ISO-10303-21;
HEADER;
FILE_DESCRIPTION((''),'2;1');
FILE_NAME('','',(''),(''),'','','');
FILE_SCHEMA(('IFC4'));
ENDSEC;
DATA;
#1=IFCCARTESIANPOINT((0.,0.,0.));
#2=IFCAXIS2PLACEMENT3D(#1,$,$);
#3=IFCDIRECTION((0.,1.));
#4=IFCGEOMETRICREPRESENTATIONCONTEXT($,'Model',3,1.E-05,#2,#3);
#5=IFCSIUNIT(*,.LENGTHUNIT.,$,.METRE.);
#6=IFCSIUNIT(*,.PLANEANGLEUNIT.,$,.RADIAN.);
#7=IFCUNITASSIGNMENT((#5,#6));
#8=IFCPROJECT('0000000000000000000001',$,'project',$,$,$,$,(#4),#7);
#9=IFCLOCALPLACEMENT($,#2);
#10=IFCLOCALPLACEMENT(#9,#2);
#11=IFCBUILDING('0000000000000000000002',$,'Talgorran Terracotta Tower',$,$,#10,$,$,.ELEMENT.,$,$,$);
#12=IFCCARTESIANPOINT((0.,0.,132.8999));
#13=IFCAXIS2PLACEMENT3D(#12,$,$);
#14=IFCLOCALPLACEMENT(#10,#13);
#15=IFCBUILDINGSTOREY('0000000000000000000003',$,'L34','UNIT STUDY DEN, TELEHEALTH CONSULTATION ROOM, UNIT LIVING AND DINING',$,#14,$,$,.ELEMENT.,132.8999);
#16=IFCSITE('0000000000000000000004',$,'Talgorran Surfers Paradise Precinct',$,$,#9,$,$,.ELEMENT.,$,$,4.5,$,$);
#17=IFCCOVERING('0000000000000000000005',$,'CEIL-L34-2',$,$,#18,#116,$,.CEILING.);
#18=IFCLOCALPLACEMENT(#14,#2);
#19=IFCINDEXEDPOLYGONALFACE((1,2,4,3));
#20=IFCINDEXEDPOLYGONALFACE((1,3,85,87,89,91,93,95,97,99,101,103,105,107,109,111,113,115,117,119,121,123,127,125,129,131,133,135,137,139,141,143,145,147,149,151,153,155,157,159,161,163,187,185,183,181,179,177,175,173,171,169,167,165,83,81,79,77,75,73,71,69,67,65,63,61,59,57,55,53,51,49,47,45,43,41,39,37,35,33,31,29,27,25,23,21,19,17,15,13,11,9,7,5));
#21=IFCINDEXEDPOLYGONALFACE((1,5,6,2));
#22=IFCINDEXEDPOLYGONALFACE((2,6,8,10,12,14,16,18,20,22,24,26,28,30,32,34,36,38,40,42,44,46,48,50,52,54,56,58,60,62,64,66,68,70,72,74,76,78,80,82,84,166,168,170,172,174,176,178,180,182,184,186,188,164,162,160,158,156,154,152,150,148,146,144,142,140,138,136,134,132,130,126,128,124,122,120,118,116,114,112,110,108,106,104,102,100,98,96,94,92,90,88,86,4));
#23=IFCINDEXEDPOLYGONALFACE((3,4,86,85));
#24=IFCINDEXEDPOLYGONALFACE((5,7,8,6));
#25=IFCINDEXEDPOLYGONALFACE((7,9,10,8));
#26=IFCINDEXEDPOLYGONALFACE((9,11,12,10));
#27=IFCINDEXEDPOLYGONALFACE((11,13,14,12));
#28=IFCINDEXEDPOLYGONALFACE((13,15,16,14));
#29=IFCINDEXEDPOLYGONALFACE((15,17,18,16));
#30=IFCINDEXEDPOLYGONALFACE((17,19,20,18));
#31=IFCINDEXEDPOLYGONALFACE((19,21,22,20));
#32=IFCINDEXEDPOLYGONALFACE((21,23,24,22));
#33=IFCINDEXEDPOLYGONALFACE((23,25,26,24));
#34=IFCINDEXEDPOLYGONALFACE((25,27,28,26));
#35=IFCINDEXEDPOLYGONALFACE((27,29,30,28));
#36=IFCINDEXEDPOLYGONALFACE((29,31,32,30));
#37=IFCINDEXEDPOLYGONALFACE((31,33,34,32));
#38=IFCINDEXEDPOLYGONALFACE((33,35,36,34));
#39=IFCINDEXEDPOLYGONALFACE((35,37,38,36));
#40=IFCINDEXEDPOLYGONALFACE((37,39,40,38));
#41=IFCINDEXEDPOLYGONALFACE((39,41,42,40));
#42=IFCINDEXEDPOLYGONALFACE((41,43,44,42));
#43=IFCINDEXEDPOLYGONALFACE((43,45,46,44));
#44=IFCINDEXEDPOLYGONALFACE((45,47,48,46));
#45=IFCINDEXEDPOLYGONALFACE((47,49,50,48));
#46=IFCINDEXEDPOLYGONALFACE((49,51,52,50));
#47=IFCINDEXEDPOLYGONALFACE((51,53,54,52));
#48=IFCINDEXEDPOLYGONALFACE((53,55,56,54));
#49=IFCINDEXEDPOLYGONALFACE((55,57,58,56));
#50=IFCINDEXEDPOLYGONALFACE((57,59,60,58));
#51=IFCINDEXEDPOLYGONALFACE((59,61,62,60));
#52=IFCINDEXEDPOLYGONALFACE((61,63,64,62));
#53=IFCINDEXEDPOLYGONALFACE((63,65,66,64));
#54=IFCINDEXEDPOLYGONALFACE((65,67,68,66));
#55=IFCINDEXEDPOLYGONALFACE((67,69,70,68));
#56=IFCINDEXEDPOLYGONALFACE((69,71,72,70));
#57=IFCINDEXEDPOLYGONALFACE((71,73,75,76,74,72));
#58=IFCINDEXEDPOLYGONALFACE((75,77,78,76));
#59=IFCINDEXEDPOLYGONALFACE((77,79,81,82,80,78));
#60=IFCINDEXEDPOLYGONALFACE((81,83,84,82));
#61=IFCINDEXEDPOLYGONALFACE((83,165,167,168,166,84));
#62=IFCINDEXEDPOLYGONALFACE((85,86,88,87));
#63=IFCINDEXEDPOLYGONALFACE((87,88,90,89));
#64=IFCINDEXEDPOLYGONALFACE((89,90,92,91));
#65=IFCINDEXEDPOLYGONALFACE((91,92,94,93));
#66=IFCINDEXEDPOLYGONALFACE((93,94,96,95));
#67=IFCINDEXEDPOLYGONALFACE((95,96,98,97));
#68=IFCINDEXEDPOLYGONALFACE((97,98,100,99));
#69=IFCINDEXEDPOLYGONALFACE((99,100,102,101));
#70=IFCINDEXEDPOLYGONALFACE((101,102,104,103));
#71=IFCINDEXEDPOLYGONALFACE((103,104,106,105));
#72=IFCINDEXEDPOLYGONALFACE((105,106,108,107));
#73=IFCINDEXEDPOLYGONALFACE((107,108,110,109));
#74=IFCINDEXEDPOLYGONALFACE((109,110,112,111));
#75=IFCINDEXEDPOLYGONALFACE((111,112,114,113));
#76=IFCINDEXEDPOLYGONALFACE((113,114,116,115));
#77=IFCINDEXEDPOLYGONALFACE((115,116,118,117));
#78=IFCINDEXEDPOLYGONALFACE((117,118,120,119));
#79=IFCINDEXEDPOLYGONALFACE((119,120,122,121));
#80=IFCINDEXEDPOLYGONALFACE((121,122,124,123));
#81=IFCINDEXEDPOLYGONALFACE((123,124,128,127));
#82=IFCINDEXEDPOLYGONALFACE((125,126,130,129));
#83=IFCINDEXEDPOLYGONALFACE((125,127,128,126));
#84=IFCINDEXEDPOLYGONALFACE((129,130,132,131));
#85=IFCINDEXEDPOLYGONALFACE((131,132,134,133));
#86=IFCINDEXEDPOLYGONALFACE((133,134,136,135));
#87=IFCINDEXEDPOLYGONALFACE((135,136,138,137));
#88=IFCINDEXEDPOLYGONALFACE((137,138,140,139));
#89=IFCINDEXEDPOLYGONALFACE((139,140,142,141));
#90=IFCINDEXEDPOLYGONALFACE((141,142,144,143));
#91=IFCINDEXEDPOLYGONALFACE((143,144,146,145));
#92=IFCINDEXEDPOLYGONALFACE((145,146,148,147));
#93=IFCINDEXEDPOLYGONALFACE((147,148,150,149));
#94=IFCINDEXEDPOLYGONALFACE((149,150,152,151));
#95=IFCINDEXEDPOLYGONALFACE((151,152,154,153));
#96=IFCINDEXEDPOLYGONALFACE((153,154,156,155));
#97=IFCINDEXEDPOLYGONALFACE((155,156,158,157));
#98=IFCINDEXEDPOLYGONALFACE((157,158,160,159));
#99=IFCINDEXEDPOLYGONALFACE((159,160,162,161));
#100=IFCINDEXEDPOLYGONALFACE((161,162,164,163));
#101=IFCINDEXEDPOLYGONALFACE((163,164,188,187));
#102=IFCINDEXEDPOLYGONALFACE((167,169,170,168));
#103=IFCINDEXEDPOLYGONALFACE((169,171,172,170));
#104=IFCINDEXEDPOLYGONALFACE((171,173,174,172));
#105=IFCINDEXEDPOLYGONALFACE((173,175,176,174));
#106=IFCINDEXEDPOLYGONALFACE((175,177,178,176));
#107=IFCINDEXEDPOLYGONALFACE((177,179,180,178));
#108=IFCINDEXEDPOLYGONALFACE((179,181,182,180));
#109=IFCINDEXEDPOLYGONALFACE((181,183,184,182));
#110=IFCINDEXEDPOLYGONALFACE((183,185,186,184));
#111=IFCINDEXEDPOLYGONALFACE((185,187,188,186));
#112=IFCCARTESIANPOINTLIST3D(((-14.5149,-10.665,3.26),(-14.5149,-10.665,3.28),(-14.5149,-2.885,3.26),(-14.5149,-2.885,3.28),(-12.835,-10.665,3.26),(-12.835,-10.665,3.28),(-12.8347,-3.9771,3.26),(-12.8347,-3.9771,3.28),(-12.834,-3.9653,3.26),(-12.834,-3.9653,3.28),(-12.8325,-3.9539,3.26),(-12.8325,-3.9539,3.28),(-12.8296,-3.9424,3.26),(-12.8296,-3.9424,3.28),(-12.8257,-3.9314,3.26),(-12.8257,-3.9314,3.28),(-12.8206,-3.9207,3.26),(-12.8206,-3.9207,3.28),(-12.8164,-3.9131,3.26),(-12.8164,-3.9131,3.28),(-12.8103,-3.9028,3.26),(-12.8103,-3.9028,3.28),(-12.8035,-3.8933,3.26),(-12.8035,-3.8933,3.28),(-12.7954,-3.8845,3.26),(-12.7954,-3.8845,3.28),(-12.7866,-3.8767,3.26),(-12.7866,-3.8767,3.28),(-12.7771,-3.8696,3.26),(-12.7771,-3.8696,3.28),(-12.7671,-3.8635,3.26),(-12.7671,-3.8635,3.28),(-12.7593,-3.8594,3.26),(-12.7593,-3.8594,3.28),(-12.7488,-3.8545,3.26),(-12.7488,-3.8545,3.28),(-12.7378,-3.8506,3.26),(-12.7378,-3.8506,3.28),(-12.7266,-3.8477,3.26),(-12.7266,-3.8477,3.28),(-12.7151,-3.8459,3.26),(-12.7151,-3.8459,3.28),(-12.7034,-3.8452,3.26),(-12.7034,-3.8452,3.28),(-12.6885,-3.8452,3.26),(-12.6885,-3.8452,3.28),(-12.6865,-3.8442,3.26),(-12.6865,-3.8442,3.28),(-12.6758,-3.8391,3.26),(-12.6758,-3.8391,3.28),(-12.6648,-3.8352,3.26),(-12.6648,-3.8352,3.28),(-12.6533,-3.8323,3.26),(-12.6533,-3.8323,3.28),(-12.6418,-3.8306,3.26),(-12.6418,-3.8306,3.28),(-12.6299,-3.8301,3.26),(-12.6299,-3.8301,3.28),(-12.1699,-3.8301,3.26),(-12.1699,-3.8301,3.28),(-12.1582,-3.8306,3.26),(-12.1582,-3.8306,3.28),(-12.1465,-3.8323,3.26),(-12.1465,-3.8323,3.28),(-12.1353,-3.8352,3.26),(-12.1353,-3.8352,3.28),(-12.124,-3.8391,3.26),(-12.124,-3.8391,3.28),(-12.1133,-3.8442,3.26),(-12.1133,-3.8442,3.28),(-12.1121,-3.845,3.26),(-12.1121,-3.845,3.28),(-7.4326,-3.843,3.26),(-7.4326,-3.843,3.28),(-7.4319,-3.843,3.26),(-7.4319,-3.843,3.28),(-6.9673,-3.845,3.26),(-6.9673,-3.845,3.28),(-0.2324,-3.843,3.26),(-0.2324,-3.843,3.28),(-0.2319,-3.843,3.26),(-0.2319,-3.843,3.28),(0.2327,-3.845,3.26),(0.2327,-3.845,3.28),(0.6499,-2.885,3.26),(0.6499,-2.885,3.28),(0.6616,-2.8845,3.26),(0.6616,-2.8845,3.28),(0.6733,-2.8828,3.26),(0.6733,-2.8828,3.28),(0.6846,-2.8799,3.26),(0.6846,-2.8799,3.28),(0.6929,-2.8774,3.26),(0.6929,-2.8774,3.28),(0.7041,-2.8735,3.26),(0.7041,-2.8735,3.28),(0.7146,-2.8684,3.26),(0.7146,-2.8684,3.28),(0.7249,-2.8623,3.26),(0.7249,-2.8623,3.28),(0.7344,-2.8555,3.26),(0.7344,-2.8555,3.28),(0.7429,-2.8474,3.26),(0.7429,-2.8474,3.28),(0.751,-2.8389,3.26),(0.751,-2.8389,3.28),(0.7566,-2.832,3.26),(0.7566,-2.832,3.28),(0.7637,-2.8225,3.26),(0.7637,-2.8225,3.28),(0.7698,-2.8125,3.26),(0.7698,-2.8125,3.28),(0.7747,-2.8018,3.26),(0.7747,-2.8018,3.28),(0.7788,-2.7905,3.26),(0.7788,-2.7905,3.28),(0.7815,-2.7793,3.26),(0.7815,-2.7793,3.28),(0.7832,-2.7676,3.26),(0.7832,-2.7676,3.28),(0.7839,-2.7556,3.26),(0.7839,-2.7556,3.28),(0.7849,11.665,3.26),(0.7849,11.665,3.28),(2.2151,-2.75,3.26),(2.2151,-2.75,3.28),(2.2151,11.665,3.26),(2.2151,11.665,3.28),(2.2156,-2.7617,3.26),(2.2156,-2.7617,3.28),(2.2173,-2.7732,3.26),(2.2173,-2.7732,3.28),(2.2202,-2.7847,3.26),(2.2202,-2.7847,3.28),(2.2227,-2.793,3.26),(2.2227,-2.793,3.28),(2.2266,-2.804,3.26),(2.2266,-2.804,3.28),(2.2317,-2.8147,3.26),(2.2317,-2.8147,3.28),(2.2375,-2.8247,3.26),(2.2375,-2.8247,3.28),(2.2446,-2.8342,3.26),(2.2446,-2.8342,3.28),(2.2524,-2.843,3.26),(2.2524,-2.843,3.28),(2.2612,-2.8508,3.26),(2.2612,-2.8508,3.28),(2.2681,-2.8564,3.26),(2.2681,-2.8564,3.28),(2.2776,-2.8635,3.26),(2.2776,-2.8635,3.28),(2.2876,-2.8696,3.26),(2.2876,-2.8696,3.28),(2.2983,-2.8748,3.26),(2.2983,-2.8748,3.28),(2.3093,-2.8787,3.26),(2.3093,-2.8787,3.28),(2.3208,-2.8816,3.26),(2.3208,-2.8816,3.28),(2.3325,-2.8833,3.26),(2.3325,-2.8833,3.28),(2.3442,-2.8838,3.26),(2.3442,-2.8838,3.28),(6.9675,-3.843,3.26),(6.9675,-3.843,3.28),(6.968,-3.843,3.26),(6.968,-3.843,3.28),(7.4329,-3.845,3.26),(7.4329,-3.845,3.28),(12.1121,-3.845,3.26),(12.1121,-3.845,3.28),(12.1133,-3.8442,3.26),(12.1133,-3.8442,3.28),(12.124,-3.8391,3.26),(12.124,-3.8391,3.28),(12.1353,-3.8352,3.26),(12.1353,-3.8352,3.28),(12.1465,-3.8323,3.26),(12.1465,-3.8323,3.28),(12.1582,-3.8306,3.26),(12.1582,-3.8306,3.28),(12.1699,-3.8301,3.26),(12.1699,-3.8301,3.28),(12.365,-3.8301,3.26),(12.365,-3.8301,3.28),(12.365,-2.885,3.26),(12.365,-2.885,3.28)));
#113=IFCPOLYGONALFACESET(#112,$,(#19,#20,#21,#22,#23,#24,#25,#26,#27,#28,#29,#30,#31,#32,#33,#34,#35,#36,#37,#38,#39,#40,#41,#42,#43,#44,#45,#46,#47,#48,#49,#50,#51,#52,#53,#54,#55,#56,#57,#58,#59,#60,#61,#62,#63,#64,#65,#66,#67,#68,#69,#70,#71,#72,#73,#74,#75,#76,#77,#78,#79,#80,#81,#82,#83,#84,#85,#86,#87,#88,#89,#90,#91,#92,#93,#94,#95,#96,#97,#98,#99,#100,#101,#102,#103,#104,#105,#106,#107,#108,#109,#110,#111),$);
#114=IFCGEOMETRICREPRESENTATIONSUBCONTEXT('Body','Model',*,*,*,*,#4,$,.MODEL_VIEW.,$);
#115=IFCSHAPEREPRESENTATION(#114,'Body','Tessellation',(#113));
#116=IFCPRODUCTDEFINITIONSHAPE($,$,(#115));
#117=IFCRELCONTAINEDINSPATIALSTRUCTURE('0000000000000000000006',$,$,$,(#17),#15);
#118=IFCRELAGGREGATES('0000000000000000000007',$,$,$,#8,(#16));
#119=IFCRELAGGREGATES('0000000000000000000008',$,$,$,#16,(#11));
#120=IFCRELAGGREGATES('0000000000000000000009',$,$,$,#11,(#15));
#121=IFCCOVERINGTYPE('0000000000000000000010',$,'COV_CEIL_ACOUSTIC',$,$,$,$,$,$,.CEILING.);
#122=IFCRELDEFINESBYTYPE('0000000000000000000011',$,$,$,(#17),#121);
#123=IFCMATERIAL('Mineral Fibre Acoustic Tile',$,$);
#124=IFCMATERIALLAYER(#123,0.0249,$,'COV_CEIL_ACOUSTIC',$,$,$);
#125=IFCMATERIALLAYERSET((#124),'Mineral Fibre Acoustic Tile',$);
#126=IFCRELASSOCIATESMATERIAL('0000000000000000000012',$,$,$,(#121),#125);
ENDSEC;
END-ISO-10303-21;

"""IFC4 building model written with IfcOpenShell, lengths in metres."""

from ifc_helpers import new_model, si_unit, direction, frame, origin, place, context, subcontext, project, spatial, polyline, outline, extrude, material, layer, layer_set, type_object, element, save


model = new_model("IFC4")

# Units and contexts
model_context = context("Model", 3, precision=1e-05, world=origin(), true_north=direction((0.0, 1.0)))
body_context = subcontext(model_context, "Body", "Model", "MODEL_VIEW")
ifc_project = project(units=[si_unit("LENGTHUNIT", "METRE"), si_unit("PLANEANGLEUNIT", "RADIAN")], contexts=[model_context])

# Site, building, storey
site_placement = place(None, origin())
site = spatial("IfcSite", under=ifc_project, at=site_placement, Name="Talgorran Surfers Paradise Precinct", CompositionType="ELEMENT", RefElevation=4.5)
building_placement = place(site_placement, origin())
building = spatial("IfcBuilding", under=site, at=building_placement, Name="Talgorran Terracotta Tower", CompositionType="ELEMENT")
storey_placement = place(building_placement, frame((0.0, 0.0, 132.8999)))
storey = spatial("IfcBuildingStorey", under=building, at=storey_placement, Name="L34", Description="UNIT STUDY DEN, TELEHEALTH CONSULTATION ROOM, UNIT LIVING AND DINING", CompositionType="ELEMENT", Elevation=132.8999)

# Covering
ifc_material_1 = material(Name="Mineral Fibre Acoustic Tile")
ifc_layer_1 = layer(ifc_material_1, 0.0249, Name="COV_CEIL_ACOUSTIC")
ifc_layer_set_1 = layer_set([ifc_layer_1], Name="Mineral Fibre Acoustic Tile")
covering_type_1 = type_object("IfcCoveringType", Name="COV_CEIL_ACOUSTIC", PredefinedType="CEILING", material=ifc_layer_set_1)
covering_1_placement = place(storey_placement, frame((0.0, 0.0, 3.26)))
element("IfcCovering", 1, at=covering_1_placement, inside=storey, type_object=covering_type_1, Name="CEIL-L34-2", PredefinedType="CEILING", context=body_context, shape_type="SweptSolid", body=[
    extrude(outline(polyline([(-12.6885, -3.8452), (-12.7034, -3.8452), (-12.7151, -3.8459), (-12.7266, -3.8477), (-12.7378, -3.8506), (-12.7488, -3.8545), (-12.7593, -3.8594), (-12.7671, -3.8635), (-12.7771, -3.8696), (-12.7866, -3.8767), (-12.7954, -3.8845), (-12.8035, -3.8933), (-12.8103, -3.9028), (-12.8164, -3.9131), (-12.8206, -3.9207), (-12.8257, -3.9314), (-12.8296, -3.9424), (-12.8325, -3.9539), (-12.834, -3.9653), (-12.8347, -3.9771), (-12.835, -10.665), (-14.5149, -10.665), (-14.5149, -2.885), (0.6499, -2.885), (0.6616, -2.8845), (0.6733, -2.8828), (0.6846, -2.8799), (0.6929, -2.8774), (0.7041, -2.8735), (0.7146, -2.8684), (0.7249, -2.8623), (0.7344, -2.8555), (0.7429, -2.8474), (0.751, -2.8389), (0.7566, -2.832), (0.7637, -2.8225), (0.7698, -2.8125), (0.7747, -2.8018), (0.7788, -2.7905), (0.7815, -2.7793), (0.7832, -2.7676), (0.7839, -2.7556), (0.7849, 11.665), (2.2151, 11.665), (2.2151, -2.75), (2.2156, -2.7617), (2.2173, -2.7732), (2.2202, -2.7847), (2.2227, -2.793), (2.2266, -2.804), (2.2317, -2.8147), (2.2375, -2.8247), (2.2446, -2.8342), (2.2524, -2.843), (2.2612, -2.8508), (2.2681, -2.8564), (2.2776, -2.8635), (2.2876, -2.8696), (2.2983, -2.8748), (2.3093, -2.8787), (2.3208, -2.8816), (2.3325, -2.8833), (2.3442, -2.8838), (12.365, -2.885), (12.365, -3.8301), (12.1699, -3.8301), (12.1582, -3.8306), (12.1465, -3.8323), (12.1353, -3.8352), (12.124, -3.8391), (12.1133, -3.8442), (12.1121, -3.845), (7.4329, -3.845), (6.968, -3.843), (6.9675, -3.843), (0.2327, -3.845), (-0.2319, -3.843), (-0.2324, -3.843), (-6.9673, -3.845), (-7.4319, -3.843), (-7.4326, -3.843), (-12.1121, -3.845), (-12.1133, -3.8442), (-12.124, -3.8391), (-12.1353, -3.8352), (-12.1465, -3.8323), (-12.1582, -3.8306), (-12.1699, -3.8301), (-12.6299, -3.8301), (-12.6418, -3.8306), (-12.6533, -3.8323), (-12.6648, -3.8352), (-12.6758, -3.8391), (-12.6865, -3.8442), (-12.6885, -3.8452)])), origin(), (0.0, 0.0, 1.0), 0.02),
])

save(model, "model.ifc")
